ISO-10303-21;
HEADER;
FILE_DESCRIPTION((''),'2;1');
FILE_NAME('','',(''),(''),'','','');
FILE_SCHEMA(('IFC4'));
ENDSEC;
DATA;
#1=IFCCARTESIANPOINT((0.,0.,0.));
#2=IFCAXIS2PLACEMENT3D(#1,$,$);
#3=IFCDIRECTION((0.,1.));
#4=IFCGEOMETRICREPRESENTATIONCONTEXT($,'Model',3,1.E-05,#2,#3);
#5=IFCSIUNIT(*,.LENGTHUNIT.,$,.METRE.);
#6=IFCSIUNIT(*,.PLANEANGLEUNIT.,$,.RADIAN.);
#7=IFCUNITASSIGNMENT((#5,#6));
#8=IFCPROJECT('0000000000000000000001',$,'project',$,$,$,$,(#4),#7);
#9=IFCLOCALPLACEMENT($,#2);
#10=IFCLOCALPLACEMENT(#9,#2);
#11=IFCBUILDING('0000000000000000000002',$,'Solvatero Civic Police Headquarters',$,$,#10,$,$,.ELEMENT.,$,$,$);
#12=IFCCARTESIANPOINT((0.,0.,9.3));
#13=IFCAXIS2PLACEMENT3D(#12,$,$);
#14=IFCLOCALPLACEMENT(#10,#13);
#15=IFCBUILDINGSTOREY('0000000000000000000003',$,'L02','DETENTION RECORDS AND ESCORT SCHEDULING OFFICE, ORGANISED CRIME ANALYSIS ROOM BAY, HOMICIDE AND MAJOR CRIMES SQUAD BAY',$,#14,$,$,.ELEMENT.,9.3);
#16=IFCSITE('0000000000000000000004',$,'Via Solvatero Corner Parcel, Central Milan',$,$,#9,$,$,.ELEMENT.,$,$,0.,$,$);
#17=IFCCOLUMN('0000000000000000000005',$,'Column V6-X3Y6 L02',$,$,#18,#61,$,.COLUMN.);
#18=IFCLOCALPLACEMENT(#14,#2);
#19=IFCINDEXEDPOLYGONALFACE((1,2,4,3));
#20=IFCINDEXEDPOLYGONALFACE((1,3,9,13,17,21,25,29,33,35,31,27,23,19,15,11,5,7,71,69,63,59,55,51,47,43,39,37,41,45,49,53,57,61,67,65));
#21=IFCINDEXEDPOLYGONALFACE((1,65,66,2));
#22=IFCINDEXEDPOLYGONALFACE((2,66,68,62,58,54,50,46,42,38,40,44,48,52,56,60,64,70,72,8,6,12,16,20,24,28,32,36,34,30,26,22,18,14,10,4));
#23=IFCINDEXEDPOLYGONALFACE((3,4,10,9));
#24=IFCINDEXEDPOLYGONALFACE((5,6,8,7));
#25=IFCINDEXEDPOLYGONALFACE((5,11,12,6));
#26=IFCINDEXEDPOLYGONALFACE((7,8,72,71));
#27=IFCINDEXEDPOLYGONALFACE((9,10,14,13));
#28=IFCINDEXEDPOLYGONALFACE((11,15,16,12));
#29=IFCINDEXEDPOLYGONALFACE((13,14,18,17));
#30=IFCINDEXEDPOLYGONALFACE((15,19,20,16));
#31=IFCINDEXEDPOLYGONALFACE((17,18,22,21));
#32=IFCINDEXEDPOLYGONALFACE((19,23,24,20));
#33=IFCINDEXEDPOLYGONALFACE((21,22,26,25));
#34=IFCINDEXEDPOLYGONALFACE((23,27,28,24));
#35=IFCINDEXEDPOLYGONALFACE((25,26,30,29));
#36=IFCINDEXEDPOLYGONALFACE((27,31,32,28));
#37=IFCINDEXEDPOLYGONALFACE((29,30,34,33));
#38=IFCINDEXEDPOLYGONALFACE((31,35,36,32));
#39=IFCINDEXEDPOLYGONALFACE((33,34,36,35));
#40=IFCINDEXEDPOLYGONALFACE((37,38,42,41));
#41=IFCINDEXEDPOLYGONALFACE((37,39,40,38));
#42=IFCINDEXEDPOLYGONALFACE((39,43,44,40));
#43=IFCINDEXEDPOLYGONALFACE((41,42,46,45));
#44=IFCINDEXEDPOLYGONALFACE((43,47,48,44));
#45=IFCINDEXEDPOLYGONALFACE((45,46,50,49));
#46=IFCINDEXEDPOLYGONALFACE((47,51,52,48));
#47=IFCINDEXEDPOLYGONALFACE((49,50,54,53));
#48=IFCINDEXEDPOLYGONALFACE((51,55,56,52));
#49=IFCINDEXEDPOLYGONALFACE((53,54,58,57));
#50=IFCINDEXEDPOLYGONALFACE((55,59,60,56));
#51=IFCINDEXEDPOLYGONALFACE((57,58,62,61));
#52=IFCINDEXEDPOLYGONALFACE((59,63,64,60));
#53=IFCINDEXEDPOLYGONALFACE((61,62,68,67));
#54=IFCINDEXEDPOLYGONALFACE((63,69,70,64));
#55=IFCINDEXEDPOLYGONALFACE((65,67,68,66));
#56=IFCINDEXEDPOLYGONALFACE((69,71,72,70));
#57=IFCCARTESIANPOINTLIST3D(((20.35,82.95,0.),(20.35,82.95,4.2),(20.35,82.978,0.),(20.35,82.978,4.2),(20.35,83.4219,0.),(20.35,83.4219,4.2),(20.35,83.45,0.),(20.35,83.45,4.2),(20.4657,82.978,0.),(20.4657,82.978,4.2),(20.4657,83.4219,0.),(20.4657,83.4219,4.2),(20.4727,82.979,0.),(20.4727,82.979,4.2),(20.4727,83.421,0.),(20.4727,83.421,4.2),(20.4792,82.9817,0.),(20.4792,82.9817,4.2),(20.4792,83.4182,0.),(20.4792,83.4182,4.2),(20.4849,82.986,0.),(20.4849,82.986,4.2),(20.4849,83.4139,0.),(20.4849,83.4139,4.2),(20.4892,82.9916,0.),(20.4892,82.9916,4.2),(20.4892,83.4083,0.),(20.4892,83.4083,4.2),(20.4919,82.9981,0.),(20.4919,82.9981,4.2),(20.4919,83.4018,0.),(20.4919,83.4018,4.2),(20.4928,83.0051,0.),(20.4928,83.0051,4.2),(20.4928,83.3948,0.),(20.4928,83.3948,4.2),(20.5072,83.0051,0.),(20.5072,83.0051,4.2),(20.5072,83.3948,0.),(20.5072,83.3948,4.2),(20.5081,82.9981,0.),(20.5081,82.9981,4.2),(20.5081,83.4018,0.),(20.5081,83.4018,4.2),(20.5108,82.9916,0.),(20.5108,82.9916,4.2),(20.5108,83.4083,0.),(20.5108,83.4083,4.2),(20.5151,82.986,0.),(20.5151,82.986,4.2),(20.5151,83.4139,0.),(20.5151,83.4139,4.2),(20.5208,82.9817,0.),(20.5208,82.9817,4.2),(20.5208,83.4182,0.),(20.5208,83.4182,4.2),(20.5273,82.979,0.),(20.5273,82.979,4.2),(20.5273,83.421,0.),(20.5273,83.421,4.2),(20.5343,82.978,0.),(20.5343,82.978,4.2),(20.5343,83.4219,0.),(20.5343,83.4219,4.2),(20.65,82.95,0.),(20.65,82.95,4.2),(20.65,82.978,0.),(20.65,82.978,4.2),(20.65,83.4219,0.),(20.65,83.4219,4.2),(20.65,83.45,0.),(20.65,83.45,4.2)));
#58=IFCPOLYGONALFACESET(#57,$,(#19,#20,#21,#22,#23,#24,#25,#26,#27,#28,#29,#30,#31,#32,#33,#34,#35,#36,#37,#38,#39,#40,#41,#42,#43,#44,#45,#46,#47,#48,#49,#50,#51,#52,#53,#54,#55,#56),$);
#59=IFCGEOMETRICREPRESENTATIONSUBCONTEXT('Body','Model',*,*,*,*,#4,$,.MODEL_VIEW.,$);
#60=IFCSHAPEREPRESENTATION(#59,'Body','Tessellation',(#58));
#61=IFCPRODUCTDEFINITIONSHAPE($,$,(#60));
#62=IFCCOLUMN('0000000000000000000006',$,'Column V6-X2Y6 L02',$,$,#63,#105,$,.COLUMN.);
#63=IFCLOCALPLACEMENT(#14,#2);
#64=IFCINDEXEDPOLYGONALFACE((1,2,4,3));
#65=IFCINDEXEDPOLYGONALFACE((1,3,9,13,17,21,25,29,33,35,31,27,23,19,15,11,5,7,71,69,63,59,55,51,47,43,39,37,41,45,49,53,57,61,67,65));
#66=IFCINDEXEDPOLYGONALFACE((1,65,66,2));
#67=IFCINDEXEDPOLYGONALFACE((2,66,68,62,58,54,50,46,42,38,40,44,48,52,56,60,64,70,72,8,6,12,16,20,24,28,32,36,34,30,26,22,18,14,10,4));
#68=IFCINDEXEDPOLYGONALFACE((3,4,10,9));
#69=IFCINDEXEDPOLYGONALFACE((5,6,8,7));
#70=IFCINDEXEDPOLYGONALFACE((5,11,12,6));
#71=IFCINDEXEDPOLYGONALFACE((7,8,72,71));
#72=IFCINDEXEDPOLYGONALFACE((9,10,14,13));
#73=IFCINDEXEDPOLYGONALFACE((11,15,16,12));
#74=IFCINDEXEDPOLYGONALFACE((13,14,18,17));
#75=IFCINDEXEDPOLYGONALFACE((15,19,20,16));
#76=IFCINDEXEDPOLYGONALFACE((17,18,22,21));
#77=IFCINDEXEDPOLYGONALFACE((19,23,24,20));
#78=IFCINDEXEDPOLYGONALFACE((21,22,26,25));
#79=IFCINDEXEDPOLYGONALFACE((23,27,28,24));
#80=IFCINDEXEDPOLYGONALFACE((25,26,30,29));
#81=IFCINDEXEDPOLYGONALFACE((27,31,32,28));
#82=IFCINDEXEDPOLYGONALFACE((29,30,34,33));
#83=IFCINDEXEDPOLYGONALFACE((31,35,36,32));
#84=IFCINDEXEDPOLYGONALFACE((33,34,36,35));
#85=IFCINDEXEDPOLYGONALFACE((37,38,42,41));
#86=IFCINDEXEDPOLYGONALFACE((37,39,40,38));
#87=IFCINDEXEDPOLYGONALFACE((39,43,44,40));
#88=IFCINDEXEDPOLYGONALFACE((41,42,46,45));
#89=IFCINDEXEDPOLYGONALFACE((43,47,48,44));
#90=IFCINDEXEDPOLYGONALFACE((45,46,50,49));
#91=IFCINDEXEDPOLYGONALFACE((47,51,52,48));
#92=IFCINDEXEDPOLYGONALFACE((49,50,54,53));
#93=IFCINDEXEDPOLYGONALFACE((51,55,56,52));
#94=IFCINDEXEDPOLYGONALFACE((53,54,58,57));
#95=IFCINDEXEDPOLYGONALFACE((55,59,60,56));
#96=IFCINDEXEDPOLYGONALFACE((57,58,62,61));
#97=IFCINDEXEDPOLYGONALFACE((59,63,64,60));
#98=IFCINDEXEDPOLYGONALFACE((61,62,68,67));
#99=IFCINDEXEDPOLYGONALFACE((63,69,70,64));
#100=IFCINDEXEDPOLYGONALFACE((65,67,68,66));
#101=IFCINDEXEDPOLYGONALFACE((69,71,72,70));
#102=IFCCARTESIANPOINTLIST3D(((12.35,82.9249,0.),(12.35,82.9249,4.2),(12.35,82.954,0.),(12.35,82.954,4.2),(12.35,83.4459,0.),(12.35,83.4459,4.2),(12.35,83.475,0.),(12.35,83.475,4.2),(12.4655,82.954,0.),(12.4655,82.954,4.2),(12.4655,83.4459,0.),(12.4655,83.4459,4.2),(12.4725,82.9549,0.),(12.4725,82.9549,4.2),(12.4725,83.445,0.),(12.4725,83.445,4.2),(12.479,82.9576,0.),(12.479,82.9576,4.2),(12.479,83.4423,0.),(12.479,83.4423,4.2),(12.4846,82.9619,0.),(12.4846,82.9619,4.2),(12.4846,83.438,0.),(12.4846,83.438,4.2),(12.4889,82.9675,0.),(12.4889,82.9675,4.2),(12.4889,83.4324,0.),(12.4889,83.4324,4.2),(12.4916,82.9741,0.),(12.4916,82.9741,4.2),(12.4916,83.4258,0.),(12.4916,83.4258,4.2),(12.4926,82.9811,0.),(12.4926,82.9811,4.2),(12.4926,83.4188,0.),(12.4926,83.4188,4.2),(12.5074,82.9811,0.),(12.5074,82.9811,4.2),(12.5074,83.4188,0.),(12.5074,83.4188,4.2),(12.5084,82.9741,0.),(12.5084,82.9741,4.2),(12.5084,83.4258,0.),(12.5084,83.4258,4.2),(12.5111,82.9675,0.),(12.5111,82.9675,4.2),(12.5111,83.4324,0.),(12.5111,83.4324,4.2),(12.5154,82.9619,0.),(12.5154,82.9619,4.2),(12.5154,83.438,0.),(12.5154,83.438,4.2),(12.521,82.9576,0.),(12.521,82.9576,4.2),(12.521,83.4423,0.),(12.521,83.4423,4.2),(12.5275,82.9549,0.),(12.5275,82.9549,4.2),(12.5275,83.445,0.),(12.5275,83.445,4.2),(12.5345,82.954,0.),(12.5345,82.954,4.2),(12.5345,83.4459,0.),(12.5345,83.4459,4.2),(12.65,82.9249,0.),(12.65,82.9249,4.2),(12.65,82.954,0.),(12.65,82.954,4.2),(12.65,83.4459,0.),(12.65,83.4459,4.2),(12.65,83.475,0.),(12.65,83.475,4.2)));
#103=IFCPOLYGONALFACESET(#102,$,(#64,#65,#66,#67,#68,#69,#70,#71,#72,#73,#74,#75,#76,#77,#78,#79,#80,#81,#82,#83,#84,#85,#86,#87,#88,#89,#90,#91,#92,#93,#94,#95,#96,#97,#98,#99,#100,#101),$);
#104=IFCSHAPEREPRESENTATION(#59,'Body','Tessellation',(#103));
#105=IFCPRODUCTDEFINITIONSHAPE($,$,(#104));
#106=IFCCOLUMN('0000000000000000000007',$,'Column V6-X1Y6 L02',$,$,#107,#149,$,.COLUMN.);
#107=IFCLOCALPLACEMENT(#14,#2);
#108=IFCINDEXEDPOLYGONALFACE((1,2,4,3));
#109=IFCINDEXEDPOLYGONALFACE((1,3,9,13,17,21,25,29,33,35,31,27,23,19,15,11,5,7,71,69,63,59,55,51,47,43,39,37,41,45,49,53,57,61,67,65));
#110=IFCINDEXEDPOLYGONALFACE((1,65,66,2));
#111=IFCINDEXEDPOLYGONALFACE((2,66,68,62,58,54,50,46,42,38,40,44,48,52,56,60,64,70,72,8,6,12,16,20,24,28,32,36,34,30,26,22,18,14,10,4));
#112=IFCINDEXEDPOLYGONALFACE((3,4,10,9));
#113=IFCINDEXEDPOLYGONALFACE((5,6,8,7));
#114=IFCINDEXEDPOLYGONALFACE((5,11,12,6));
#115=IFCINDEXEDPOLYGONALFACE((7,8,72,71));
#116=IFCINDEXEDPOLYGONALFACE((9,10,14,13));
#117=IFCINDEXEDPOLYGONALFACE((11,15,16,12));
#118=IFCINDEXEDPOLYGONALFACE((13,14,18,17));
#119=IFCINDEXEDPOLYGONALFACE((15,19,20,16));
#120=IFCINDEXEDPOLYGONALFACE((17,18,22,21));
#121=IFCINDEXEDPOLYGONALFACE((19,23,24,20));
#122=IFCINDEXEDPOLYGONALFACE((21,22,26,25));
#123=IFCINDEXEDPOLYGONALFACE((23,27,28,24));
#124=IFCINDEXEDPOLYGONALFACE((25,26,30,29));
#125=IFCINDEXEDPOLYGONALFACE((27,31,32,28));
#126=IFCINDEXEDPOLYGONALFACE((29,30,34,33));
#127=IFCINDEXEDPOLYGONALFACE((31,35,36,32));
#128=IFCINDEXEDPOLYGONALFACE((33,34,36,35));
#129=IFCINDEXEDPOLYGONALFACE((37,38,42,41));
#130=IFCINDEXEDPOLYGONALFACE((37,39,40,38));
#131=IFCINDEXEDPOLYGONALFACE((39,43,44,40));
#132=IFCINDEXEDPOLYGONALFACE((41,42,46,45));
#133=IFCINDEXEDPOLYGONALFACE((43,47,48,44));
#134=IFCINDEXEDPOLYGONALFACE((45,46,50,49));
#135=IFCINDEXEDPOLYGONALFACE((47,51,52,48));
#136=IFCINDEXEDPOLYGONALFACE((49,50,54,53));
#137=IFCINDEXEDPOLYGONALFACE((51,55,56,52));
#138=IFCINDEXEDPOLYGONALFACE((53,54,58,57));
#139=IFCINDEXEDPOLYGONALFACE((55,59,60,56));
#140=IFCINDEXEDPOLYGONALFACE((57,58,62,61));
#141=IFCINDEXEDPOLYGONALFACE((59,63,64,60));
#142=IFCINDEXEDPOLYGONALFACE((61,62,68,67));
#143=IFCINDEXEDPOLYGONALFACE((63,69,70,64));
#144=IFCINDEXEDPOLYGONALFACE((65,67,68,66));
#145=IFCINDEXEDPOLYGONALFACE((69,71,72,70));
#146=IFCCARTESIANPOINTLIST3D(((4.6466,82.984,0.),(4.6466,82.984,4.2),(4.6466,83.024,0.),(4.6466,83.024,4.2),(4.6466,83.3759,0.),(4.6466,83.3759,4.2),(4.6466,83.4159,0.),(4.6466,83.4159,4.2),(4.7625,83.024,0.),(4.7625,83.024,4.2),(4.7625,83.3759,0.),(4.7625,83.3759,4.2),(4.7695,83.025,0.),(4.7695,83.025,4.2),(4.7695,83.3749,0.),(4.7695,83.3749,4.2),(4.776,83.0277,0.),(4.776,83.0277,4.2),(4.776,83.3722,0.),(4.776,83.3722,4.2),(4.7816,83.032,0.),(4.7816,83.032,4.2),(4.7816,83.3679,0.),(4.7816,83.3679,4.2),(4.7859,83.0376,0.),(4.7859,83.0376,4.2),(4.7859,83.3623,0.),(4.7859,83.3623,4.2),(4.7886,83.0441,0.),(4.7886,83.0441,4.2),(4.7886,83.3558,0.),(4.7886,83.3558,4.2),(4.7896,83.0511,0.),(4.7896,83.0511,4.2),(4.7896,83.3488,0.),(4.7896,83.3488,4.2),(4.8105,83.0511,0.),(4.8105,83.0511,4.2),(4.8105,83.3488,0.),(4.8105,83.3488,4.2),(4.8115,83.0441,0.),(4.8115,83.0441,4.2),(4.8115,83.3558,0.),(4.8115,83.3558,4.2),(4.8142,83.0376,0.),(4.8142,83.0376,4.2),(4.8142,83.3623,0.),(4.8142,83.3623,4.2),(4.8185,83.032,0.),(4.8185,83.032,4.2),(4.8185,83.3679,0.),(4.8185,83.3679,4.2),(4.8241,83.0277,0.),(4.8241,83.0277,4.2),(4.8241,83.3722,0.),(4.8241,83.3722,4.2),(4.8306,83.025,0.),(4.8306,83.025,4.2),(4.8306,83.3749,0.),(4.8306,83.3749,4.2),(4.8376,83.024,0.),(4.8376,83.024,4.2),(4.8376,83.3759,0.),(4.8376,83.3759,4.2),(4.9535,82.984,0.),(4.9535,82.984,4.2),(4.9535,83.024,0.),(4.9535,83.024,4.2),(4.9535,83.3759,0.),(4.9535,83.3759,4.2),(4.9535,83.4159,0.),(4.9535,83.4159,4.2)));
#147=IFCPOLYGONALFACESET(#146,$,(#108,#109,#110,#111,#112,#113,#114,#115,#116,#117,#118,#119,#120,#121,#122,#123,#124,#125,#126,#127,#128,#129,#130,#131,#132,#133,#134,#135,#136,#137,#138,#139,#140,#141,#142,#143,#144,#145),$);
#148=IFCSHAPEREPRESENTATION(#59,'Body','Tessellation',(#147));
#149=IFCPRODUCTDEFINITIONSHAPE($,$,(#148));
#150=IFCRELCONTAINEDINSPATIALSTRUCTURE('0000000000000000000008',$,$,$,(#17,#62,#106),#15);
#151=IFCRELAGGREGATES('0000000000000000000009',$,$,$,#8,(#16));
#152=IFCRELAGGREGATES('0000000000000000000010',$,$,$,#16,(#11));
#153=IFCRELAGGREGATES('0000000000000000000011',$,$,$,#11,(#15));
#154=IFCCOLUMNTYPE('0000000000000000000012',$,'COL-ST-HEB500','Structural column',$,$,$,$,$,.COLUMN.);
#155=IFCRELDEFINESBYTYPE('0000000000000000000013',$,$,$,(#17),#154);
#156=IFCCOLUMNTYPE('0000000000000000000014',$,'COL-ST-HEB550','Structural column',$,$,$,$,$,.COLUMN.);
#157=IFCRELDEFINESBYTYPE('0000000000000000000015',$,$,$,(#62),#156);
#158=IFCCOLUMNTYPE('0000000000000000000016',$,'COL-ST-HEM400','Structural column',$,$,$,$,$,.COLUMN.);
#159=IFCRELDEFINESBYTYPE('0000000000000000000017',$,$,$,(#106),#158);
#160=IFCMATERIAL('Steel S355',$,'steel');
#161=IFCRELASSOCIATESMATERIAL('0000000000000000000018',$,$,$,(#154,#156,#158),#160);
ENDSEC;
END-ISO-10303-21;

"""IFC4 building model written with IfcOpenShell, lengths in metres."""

from ifc_helpers import new_model, si_unit, direction, frame, origin, origin_2d, place, context, subcontext, project, spatial, i_section, extrude, material, material_profile, profile_set, type_object, element, save


model = new_model("IFC4")

# Units and contexts
model_context = context("Model", 3, precision=1e-05, world=origin(), true_north=direction((0.0, 1.0)))
body_context = subcontext(model_context, "Body", "Model", "MODEL_VIEW")
ifc_project = project(units=[si_unit("LENGTHUNIT", "METRE"), si_unit("PLANEANGLEUNIT", "RADIAN")], contexts=[model_context])

# Site, building, storey
site_placement = place(None, origin())
site = spatial("IfcSite", under=ifc_project, at=site_placement, Name="Via Solvatero Corner Parcel, Central Milan", CompositionType="ELEMENT", RefElevation=0.0)
building_placement = place(site_placement, origin())
building = spatial("IfcBuilding", under=site, at=building_placement, Name="Solvatero Civic Police Headquarters", CompositionType="ELEMENT")
storey_placement = place(building_placement, frame((0.0, 0.0, 9.3)))
storey = spatial("IfcBuildingStorey", under=building, at=storey_placement, Name="L02", Description="DETENTION RECORDS AND ESCORT SCHEDULING OFFICE, ORGANISED CRIME ANALYSIS ROOM BAY, HOMICIDE AND MAJOR CRIMES SQUAD BAY", CompositionType="ELEMENT", Elevation=9.3)

# Columns
ifc_material_1 = material(Name="Steel S355", Category="steel")
ifc_material_profile_1 = material_profile(ifc_material_1, i_section(OverallWidth=0.3, OverallDepth=0.5, WebThickness=0.0144, FlangeThickness=0.0281, FilletRadius=0.0271, at=origin_2d()), Name="HEB 500")
ifc_profile_set_1 = profile_set([ifc_material_profile_1], Name="Steel S355")
column_type_1 = type_object("IfcColumnType", Name="COL-ST-HEB500", Description="Structural column", PredefinedType="COLUMN", material=ifc_profile_set_1)
column_1_placement = place(storey_placement, frame((20.5, 83.2, 0.0), z_axis=(0.0, 0.0, 1.0), x_axis=(1.0, 0.0, 0.0)))
element("IfcColumn", 1, at=column_1_placement, inside=storey, type_object=column_type_1, Name="Column V6-X3Y6 L02", PredefinedType="COLUMN", context=body_context, shape_type="SweptSolid", body=[
    extrude(i_section(OverallWidth=0.3, OverallDepth=0.5, WebThickness=0.0144, FlangeThickness=0.0281, FilletRadius=0.0271, at=origin_2d()), origin(), (0.0, 0.0, 1.0), 4.2),
])
ifc_material_profile_2 = material_profile(ifc_material_1, i_section(OverallWidth=0.3, OverallDepth=0.55, WebThickness=0.0149, FlangeThickness=0.0291, FilletRadius=0.0271, at=origin_2d()), Name="HEB 550")
ifc_profile_set_2 = profile_set([ifc_material_profile_2], Name="Steel S355")
column_type_2 = type_object("IfcColumnType", Name="COL-ST-HEB550", Description="Structural column", PredefinedType="COLUMN", material=ifc_profile_set_2)
column_2_placement = place(storey_placement, frame((12.5, 83.2, 0.0), z_axis=(0.0, 0.0, 1.0), x_axis=(1.0, 0.0, 0.0)))
element("IfcColumn", 2, at=column_2_placement, inside=storey, type_object=column_type_2, Name="Column V6-X2Y6 L02", PredefinedType="COLUMN", context=body_context, shape_type="SweptSolid", body=[
    extrude(i_section(OverallWidth=0.3, OverallDepth=0.55, WebThickness=0.0149, FlangeThickness=0.0291, FilletRadius=0.0271, at=origin_2d()), origin(), (0.0, 0.0, 1.0), 4.2),
])
ifc_material_profile_3 = material_profile(ifc_material_1, i_section(OverallWidth=0.3069, OverallDepth=0.4319, WebThickness=0.021, FlangeThickness=0.04, FilletRadius=0.0271, at=origin_2d()), Name="HEM 400")
ifc_profile_set_3 = profile_set([ifc_material_profile_3], Name="Steel S355")
column_type_3 = type_object("IfcColumnType", Name="COL-ST-HEM400", Description="Structural column", PredefinedType="COLUMN", material=ifc_profile_set_3)
column_3_placement = place(storey_placement, frame((4.8, 83.2, 0.0), z_axis=(0.0, 0.0, 1.0), x_axis=(1.0, 0.0, 0.0)))
element("IfcColumn", 3, at=column_3_placement, inside=storey, type_object=column_type_3, Name="Column V6-X1Y6 L02", PredefinedType="COLUMN", context=body_context, shape_type="SweptSolid", body=[
    extrude(i_section(OverallWidth=0.3069, OverallDepth=0.4319, WebThickness=0.021, FlangeThickness=0.04, FilletRadius=0.0271, at=origin_2d()), origin(), (0.0, 0.0, 1.0), 4.2),
])

save(model, "model.ifc")
